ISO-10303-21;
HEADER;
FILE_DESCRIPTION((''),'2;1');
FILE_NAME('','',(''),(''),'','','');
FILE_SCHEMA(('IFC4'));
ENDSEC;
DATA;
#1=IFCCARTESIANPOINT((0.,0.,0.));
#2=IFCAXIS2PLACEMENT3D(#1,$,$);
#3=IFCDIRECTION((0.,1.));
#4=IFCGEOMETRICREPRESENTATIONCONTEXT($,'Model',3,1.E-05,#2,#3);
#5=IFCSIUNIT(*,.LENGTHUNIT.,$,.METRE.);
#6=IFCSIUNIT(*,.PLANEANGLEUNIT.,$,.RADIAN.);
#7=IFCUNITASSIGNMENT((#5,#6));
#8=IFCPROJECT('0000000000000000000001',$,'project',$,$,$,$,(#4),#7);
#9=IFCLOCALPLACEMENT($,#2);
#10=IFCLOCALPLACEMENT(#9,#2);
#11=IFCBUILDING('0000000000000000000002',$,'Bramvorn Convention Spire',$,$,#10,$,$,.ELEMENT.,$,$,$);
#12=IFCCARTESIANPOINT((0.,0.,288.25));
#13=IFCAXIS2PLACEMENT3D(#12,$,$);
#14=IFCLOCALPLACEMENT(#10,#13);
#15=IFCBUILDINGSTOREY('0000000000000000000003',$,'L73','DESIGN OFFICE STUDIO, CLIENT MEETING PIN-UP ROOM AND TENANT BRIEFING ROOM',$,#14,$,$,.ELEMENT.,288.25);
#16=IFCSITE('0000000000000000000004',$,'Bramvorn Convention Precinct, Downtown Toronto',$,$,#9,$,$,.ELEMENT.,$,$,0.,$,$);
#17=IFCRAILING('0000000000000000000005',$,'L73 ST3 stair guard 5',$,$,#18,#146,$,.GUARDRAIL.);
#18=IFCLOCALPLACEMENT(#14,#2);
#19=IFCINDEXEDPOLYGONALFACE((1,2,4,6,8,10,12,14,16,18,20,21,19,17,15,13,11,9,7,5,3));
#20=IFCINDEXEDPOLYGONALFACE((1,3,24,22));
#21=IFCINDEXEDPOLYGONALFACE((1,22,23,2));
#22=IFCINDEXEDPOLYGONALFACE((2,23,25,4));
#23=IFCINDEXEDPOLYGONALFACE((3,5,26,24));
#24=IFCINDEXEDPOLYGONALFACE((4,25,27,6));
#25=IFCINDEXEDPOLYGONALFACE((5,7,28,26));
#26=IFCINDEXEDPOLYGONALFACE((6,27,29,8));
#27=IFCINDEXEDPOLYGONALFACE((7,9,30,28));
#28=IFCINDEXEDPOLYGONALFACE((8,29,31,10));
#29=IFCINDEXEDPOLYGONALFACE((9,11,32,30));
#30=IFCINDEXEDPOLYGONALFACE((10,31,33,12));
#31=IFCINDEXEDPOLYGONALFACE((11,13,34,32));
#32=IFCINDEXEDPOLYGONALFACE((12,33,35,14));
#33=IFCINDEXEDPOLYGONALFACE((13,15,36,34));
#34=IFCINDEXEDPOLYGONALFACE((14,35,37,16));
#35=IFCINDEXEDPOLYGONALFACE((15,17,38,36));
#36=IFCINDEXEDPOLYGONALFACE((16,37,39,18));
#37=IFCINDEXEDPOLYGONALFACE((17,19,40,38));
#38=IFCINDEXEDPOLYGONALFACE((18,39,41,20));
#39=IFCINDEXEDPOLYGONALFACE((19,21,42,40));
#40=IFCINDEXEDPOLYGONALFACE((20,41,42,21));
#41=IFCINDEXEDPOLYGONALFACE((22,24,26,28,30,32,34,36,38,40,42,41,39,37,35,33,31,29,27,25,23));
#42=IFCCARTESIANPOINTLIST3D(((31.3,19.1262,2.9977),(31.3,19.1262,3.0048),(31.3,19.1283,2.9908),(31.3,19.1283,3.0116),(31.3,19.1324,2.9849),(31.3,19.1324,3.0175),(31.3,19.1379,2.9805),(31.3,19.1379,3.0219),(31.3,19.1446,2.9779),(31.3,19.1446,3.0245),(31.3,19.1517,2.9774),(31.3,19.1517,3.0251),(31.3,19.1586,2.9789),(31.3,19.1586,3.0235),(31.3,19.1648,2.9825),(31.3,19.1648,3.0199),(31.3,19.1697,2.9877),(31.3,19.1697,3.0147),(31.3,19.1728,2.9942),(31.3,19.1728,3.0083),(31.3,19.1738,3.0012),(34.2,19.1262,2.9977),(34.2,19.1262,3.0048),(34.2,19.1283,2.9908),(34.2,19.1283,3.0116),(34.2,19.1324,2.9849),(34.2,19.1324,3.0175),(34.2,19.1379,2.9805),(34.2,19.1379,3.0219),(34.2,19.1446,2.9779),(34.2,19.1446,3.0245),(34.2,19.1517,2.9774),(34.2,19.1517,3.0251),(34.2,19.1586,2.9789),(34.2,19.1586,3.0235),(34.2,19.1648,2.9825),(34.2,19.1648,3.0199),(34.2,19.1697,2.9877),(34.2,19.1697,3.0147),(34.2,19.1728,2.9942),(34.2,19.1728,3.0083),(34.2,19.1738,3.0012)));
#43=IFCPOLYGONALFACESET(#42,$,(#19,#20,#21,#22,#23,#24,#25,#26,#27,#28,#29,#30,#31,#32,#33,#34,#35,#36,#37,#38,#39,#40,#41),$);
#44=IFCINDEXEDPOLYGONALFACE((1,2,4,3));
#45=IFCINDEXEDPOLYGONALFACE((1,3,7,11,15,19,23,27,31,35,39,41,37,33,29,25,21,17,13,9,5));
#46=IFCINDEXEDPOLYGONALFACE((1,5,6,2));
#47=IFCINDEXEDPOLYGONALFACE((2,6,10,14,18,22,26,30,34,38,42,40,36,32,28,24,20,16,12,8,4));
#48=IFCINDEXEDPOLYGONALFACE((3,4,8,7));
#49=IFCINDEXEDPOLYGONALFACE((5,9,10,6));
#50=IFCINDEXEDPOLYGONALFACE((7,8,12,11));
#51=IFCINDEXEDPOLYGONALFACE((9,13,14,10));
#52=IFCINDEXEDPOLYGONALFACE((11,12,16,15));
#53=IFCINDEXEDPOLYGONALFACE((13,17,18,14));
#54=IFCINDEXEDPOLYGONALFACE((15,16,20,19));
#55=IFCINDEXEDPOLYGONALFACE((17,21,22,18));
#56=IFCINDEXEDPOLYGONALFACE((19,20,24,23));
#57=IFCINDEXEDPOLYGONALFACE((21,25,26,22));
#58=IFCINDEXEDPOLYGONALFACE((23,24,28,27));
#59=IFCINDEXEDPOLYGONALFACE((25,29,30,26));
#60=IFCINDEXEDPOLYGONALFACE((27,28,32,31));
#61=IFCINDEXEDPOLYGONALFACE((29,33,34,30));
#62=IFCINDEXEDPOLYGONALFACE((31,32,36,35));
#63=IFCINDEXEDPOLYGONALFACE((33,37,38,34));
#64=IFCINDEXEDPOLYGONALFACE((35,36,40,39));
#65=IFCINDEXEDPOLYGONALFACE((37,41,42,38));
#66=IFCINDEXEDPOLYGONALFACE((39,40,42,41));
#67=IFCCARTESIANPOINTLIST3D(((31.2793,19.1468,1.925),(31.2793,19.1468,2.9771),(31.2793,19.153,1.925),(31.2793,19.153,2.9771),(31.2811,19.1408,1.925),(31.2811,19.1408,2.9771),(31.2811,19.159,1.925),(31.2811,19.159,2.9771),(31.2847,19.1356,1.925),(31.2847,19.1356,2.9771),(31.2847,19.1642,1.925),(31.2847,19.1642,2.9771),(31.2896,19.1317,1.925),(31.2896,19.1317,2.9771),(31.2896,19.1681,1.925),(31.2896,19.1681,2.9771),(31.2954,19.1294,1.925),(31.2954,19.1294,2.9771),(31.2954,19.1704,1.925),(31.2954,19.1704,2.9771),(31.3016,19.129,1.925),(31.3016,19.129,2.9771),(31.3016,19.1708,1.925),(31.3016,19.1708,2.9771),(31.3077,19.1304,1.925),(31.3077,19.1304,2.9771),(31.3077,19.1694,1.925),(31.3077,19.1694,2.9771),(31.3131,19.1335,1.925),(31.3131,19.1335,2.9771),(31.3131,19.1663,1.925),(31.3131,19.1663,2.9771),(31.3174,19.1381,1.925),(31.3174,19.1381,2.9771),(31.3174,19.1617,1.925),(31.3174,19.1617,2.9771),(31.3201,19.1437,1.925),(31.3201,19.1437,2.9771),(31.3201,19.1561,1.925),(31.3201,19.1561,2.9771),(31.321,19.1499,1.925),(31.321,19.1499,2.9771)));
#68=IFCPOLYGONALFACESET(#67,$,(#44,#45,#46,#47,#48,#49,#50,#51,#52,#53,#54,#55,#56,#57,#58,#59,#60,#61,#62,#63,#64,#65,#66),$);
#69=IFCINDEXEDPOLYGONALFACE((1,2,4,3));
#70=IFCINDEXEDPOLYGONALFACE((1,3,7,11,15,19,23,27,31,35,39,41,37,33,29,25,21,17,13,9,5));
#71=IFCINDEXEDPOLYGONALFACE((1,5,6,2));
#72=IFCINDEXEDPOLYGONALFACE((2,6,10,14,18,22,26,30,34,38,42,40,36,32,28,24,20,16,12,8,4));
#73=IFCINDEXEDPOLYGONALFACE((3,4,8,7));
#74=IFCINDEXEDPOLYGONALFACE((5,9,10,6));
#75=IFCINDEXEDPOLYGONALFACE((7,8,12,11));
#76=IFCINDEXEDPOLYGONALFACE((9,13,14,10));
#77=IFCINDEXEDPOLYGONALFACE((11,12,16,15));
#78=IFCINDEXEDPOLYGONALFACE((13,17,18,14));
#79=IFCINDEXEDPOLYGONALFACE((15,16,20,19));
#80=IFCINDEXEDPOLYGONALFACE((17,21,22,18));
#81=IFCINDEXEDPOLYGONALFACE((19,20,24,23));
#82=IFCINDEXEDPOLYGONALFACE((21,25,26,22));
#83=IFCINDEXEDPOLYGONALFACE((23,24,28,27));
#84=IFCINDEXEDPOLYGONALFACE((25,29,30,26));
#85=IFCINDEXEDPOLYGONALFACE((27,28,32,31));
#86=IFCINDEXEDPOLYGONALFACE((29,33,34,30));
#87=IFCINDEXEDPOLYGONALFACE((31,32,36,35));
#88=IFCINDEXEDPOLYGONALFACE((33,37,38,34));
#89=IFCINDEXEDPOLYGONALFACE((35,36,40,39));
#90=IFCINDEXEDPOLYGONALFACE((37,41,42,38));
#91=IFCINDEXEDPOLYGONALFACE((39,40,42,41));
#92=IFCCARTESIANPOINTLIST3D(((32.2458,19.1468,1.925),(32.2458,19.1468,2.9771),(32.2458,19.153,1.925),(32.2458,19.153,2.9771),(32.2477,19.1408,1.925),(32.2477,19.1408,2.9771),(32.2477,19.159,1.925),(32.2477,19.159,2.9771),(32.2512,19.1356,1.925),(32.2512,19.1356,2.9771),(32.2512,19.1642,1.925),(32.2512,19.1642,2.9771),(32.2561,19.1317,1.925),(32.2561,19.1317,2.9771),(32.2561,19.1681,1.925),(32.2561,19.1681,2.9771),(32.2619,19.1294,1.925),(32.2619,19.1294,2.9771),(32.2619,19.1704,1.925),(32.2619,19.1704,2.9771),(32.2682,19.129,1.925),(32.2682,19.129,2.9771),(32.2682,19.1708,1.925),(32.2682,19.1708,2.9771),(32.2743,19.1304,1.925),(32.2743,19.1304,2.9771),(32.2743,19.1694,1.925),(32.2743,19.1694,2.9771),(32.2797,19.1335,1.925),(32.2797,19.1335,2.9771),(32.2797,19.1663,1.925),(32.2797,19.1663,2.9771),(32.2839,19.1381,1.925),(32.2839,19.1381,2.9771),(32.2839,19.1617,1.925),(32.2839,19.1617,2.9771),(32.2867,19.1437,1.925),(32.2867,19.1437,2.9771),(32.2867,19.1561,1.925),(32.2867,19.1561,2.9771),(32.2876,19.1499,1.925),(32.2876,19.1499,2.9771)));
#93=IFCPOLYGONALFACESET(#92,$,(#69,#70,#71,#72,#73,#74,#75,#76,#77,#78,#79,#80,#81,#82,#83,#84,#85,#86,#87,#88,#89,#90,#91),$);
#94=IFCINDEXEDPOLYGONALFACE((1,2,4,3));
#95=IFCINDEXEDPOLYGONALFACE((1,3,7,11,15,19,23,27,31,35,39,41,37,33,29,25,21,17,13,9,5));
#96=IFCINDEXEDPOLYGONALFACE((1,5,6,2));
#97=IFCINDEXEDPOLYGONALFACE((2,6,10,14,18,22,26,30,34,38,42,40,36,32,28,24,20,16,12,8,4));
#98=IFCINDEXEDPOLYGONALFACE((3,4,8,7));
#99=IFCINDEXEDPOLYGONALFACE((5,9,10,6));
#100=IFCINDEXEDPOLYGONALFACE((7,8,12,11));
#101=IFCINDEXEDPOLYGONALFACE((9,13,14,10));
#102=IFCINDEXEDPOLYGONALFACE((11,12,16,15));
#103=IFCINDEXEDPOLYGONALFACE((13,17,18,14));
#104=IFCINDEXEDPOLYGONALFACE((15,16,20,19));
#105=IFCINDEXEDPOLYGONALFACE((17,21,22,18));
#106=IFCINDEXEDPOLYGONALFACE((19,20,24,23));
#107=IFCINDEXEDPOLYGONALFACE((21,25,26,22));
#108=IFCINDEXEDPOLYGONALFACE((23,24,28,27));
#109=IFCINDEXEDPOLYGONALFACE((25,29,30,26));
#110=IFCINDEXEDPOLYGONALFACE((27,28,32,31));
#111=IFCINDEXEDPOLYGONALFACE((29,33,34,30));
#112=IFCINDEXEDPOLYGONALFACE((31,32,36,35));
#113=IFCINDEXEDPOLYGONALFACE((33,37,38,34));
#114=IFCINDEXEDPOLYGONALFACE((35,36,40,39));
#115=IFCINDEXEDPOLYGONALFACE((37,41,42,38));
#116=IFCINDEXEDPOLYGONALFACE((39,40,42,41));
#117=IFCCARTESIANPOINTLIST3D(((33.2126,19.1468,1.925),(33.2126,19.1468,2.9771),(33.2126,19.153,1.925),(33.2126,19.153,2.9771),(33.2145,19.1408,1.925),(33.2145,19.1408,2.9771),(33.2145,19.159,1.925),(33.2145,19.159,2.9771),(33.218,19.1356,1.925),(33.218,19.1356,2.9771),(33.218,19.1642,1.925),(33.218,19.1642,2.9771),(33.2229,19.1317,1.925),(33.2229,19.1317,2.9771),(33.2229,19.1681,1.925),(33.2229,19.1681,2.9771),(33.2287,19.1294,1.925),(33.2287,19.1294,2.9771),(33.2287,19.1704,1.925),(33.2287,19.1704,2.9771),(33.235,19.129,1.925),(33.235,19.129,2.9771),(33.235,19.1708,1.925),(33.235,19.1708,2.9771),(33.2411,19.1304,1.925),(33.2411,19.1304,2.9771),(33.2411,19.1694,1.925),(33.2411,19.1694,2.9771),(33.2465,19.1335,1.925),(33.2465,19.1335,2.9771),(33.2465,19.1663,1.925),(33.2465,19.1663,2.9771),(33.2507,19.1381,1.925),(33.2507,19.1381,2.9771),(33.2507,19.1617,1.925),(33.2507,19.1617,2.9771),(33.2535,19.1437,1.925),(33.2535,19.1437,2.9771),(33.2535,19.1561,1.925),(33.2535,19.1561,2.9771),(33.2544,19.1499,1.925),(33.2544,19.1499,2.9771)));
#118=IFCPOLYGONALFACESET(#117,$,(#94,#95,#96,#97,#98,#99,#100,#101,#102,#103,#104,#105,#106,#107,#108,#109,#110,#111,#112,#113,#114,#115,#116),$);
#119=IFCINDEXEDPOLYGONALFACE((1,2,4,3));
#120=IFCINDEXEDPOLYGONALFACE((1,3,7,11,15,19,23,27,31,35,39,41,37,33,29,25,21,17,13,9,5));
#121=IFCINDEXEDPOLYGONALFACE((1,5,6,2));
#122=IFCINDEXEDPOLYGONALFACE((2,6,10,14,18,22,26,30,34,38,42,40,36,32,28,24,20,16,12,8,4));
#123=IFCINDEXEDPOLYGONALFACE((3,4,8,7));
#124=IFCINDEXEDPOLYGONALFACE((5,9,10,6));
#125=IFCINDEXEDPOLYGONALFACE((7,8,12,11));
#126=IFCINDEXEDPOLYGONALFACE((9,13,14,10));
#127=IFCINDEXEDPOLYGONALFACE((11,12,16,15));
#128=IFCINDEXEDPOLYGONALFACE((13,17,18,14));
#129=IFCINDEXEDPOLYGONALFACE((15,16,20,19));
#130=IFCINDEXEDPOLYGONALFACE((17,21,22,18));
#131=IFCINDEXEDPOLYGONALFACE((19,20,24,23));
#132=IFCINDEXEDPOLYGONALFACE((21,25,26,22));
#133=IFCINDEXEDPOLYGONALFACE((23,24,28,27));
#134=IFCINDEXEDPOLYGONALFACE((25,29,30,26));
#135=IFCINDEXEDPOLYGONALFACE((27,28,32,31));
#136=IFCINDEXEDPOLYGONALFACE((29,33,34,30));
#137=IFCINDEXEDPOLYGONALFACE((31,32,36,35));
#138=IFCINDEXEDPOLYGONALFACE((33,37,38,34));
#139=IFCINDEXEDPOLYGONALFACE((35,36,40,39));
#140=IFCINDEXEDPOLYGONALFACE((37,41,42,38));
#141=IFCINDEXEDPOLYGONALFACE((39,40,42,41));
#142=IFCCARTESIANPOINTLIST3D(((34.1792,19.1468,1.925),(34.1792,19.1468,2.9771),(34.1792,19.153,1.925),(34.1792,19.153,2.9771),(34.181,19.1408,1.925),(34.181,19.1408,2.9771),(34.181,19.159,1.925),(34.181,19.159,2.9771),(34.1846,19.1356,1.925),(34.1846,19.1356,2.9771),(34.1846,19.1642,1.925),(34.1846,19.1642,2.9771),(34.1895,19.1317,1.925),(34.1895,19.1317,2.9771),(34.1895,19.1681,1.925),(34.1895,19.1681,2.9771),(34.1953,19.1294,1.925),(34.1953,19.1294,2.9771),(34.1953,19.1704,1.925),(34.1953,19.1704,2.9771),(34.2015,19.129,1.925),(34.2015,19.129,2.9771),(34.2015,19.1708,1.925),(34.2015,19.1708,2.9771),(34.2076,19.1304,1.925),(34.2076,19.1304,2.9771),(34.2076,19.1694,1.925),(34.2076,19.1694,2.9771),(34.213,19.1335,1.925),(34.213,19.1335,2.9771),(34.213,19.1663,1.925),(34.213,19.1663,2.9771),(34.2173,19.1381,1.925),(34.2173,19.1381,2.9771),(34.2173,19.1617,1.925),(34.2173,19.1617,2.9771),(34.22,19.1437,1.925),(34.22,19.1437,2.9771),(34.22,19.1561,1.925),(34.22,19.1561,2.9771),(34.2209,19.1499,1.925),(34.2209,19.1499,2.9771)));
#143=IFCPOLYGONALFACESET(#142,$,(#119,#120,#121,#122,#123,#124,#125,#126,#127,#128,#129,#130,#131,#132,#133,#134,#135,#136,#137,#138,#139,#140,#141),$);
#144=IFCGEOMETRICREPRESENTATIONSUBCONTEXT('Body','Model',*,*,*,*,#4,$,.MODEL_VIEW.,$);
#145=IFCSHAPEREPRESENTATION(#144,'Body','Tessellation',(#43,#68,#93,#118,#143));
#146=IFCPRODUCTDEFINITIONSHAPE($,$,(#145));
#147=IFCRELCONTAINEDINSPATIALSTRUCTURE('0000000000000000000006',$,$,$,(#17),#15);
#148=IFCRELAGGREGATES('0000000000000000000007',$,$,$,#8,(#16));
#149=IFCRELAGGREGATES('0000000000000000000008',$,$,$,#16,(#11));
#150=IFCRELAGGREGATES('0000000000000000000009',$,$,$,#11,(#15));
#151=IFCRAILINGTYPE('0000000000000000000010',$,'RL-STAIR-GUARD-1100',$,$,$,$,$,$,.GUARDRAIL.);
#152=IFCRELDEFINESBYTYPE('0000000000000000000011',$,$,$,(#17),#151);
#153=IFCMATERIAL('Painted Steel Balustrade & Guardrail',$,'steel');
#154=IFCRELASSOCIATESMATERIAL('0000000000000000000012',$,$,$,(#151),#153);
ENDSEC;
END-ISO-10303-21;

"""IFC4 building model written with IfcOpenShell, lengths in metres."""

from ifc_helpers import new_model, si_unit, direction, frame, origin, origin_2d, place, context, subcontext, project, spatial, circle, extrude, material, type_object, element, save


model = new_model("IFC4")

# Units and contexts
model_context = context("Model", 3, precision=1e-05, world=origin(), true_north=direction((0.0, 1.0)))
body_context = subcontext(model_context, "Body", "Model", "MODEL_VIEW")
ifc_project = project(units=[si_unit("LENGTHUNIT", "METRE"), si_unit("PLANEANGLEUNIT", "RADIAN")], contexts=[model_context])

# Site, building, storey
site_placement = place(None, origin())
site = spatial("IfcSite", under=ifc_project, at=site_placement, Name="Bramvorn Convention Precinct, Downtown Toronto", CompositionType="ELEMENT", RefElevation=0.0)
building_placement = place(site_placement, origin())
building = spatial("IfcBuilding", under=site, at=building_placement, Name="Bramvorn Convention Spire", CompositionType="ELEMENT")
storey_placement = place(building_placement, frame((0.0, 0.0, 288.25)))
storey = spatial("IfcBuildingStorey", under=building, at=storey_placement, Name="L73", Description="DESIGN OFFICE STUDIO, CLIENT MEETING PIN-UP ROOM AND TENANT BRIEFING ROOM", CompositionType="ELEMENT", Elevation=288.25)

# Railing
ifc_material_1 = material(Name="Painted Steel Balustrade & Guardrail", Category="steel")
railing_type_1 = type_object("IfcRailingType", Name="RL-STAIR-GUARD-1100", PredefinedType="GUARDRAIL", material=ifc_material_1)
railing_1_placement = place(storey_placement, frame((31.3, 19.1499, 1.925)))
element("IfcRailing", 1, at=railing_1_placement, inside=storey, type_object=railing_type_1, Name="L73 ST3 stair guard 5", PredefinedType="GUARDRAIL", context=body_context, shape_type="SweptSolid", body=[
    extrude(circle(Radius=0.0239, at=origin_2d()), frame((0.0, 0.0, 1.0762), z_axis=(1.0, 0.0, 0.0), x_axis=(0.0, 1.0, 0.0)), (0.0, 0.0, 1.0), 2.8999),
    extrude(circle(Radius=0.021, at=origin_2d()), origin(), (0.0, 0.0, 1.0), 1.052),
    extrude(circle(Radius=0.021, at=origin_2d()), frame((0.9666, 0.0, 0.0)), (0.0, 0.0, 1.0), 1.052),
    extrude(circle(Radius=0.021, at=origin_2d()), frame((1.9333, 0.0, 0.0)), (0.0, 0.0, 1.0), 1.052),
    extrude(circle(Radius=0.021, at=origin_2d()), frame((2.8999, 0.0, 0.0)), (0.0, 0.0, 1.0), 1.052),
])

save(model, "model.ifc")
